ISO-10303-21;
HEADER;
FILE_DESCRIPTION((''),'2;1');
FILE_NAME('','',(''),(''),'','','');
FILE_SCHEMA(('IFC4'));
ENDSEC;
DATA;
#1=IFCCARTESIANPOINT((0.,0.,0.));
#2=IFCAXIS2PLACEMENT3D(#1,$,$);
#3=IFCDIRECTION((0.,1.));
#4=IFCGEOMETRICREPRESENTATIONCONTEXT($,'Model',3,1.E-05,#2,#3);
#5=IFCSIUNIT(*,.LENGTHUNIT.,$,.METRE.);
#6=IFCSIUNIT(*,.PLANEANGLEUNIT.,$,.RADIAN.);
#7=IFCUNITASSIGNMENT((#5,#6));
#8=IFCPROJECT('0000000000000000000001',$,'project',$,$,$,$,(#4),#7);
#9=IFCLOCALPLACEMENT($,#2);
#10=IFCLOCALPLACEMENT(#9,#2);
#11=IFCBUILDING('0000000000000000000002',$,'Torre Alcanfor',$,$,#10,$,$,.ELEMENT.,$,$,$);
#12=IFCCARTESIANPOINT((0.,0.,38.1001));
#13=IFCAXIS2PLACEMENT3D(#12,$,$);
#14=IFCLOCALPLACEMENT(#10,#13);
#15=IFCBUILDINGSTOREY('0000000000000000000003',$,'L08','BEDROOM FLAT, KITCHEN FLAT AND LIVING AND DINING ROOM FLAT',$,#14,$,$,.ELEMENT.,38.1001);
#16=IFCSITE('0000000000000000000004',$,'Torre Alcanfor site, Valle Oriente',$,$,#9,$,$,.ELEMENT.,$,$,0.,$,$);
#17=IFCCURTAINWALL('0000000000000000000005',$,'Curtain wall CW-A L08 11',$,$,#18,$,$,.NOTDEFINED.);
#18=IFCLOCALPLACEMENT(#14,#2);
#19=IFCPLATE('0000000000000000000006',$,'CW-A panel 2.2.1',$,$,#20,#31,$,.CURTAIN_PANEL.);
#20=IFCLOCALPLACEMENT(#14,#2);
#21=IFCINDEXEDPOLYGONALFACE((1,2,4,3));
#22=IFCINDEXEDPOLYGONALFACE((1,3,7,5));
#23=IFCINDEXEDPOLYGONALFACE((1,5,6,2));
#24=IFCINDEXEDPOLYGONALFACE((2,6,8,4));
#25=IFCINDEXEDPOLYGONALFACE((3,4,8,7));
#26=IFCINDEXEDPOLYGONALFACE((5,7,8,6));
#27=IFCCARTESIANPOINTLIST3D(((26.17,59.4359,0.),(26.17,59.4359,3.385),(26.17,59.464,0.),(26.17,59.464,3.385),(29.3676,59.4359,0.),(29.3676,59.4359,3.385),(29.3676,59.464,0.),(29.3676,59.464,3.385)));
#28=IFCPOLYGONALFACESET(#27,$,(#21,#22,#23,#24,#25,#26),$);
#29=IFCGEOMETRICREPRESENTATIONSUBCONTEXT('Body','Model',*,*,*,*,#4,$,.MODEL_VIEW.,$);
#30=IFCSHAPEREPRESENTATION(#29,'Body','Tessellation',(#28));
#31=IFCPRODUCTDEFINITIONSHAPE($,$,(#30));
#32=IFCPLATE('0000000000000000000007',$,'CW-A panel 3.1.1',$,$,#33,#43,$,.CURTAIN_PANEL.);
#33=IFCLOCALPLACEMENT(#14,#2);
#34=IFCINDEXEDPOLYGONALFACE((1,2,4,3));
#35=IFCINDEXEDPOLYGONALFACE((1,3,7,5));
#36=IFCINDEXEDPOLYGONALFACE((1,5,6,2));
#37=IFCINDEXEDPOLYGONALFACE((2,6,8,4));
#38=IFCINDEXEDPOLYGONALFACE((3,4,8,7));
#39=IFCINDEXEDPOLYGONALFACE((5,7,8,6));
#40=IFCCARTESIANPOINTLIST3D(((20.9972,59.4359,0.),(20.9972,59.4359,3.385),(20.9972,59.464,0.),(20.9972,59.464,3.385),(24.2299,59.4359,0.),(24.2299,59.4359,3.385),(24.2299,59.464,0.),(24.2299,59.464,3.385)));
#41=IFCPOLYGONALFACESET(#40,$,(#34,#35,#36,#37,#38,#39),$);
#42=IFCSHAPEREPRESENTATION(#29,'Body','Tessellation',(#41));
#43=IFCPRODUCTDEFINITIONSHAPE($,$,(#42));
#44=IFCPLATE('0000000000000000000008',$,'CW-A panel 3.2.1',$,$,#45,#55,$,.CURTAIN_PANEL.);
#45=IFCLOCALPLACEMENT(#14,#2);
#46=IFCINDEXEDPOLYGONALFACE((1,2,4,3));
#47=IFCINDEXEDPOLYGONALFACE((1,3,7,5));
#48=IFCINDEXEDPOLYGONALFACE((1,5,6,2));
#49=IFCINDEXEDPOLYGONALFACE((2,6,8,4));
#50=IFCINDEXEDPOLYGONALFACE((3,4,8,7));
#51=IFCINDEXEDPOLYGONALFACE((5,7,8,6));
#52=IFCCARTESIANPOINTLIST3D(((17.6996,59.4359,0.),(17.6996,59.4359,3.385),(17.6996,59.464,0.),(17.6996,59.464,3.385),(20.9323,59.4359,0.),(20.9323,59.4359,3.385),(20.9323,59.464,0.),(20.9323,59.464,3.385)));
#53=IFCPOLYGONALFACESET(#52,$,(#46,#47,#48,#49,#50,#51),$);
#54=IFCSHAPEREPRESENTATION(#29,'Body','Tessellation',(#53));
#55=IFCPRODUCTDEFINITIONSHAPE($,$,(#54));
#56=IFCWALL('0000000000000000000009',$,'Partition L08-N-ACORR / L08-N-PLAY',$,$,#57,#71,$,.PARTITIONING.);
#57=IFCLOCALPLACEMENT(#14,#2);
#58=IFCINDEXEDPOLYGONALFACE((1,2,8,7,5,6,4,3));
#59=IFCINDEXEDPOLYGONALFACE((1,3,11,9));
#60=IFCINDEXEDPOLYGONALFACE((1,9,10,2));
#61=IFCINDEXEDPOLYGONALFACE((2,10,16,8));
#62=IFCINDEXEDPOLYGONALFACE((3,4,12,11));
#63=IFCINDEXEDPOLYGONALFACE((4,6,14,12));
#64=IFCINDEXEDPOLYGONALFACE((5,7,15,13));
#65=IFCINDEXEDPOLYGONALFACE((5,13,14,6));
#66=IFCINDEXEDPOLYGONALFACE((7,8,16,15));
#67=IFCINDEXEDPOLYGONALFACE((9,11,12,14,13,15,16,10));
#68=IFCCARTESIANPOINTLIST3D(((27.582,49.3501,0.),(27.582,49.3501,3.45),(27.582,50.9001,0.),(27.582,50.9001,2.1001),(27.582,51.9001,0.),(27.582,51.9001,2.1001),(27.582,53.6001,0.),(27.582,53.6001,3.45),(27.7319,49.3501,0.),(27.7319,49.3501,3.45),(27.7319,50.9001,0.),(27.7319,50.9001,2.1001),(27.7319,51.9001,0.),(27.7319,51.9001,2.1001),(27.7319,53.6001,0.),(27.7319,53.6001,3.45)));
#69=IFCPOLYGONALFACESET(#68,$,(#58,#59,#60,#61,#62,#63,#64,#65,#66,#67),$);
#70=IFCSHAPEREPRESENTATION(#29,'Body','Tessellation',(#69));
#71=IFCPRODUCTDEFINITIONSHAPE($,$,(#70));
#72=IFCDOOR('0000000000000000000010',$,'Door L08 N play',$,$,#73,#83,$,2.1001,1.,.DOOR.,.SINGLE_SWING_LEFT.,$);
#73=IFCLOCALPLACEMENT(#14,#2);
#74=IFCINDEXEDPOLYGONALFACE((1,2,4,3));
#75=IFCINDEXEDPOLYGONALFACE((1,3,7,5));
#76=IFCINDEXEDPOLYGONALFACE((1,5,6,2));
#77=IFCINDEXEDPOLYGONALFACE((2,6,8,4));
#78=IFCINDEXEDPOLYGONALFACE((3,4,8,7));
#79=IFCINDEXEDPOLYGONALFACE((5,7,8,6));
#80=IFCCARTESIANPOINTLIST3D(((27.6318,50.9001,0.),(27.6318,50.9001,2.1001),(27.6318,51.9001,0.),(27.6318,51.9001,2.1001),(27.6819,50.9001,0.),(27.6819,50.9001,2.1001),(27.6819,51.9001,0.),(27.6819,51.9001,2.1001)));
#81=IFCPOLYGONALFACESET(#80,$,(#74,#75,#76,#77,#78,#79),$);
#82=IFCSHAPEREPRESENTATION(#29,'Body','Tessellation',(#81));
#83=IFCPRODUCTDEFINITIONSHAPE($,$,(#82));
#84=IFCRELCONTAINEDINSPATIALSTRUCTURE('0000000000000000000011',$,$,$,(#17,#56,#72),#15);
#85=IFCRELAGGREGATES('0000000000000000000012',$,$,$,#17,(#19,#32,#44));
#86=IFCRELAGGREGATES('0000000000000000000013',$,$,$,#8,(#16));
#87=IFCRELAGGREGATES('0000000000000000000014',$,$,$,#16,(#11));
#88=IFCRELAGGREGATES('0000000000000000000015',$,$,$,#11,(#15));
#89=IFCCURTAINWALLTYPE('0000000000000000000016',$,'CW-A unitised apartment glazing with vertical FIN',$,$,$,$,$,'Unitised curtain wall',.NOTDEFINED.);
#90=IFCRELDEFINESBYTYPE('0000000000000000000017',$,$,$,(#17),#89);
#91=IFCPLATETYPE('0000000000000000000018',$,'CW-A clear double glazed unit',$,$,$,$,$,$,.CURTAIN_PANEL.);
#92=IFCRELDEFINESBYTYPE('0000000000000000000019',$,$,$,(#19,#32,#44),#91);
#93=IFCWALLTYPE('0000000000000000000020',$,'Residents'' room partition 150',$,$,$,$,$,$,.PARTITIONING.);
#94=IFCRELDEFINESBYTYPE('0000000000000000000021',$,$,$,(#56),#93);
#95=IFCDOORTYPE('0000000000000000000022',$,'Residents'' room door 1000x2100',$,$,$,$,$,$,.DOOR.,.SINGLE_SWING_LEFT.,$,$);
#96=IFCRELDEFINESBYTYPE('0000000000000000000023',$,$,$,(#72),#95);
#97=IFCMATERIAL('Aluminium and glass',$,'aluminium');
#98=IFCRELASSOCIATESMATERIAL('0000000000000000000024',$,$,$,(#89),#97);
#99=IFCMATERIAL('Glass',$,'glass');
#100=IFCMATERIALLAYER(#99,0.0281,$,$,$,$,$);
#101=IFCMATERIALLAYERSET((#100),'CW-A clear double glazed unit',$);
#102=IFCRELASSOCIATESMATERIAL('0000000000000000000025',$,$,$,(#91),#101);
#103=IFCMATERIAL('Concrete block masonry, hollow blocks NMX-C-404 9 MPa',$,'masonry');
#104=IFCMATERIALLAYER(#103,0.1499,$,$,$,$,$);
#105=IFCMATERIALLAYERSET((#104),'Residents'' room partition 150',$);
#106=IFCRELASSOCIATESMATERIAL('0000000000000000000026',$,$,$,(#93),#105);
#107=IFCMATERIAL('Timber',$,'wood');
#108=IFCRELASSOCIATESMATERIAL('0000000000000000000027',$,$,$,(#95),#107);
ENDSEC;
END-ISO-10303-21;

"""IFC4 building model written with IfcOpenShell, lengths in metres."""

from ifc_helpers import new_model, si_unit, direction, frame, frame_2d, origin, origin_2d, place, context, subcontext, project, spatial, rectangle, extrude, material, layer, layer_set, type_object, element, fill, aggregate, save


model = new_model("IFC4")

# Units and contexts
model_context = context("Model", 3, precision=1e-05, world=origin(), true_north=direction((0.0, 1.0)))
body_context = subcontext(model_context, "Body", "Model", "MODEL_VIEW")
ifc_project = project(units=[si_unit("LENGTHUNIT", "METRE"), si_unit("PLANEANGLEUNIT", "RADIAN")], contexts=[model_context])

# Site, building, storey
site_placement = place(None, origin())
site = spatial("IfcSite", under=ifc_project, at=site_placement, Name="Torre Alcanfor site, Valle Oriente", CompositionType="ELEMENT", RefElevation=0.0)
building_placement = place(site_placement, origin())
building = spatial("IfcBuilding", under=site, at=building_placement, Name="Torre Alcanfor", CompositionType="ELEMENT")
storey_placement = place(building_placement, frame((0.0, 0.0, 38.1001)))
storey = spatial("IfcBuildingStorey", under=building, at=storey_placement, Name="L08", Description="BEDROOM FLAT, KITCHEN FLAT AND LIVING AND DINING ROOM FLAT", CompositionType="ELEMENT", Elevation=38.1001)

# Curtain wall
ifc_material_1 = material(Name="Aluminium and glass", Category="aluminium")
curtain_wall_type = type_object("IfcCurtainWallType", Name="CW-A unitised apartment glazing with vertical FIN", ElementType="Unitised curtain wall", PredefinedType="NOTDEFINED", material=ifc_material_1)
curtain_wall_placement = place(storey_placement, origin())
curtain_wall = element("IfcCurtainWall", 1, at=curtain_wall_placement, inside=storey, type_object=curtain_wall_type, Name="Curtain wall CW-A L08 11", PredefinedType="NOTDEFINED")

# Plates
ifc_material_2 = material(Name="Glass", Category="glass")
ifc_layer_1 = layer(ifc_material_2, 0.0281)
ifc_layer_set_1 = layer_set([ifc_layer_1], Name="CW-A clear double glazed unit")
plate_type = type_object("IfcPlateType", Name="CW-A clear double glazed unit", PredefinedType="CURTAIN_PANEL", material=ifc_layer_set_1)
plate_1_placement = place(storey_placement, frame((27.7688, 59.45, 0.0), z_axis=(0.0, 0.0, 1.0), x_axis=(-1.0, 0.0, 0.0)))
plate_1 = element("IfcPlate", 2, at=plate_1_placement, type_object=plate_type, Name="CW-A panel 2.2.1", PredefinedType="CURTAIN_PANEL", context=body_context, shape_type="SweptSolid", body=[
    extrude(rectangle(XDim=3.1975, YDim=0.0281, at=origin_2d()), origin(), (0.0, 0.0, 1.0), 3.385),
])
plate_2_placement = place(storey_placement, frame((22.6135, 59.45, 0.0), z_axis=(0.0, 0.0, 1.0), x_axis=(-1.0, 0.0, 0.0)))
plate_2 = element("IfcPlate", 3, at=plate_2_placement, type_object=plate_type, Name="CW-A panel 3.1.1", PredefinedType="CURTAIN_PANEL", context=body_context, shape_type="SweptSolid", body=[
    extrude(rectangle(XDim=3.2327, YDim=0.0281, at=origin_2d()), origin(), (0.0, 0.0, 1.0), 3.385),
])
plate_3_placement = place(storey_placement, frame((19.3159, 59.45, 0.0), z_axis=(0.0, 0.0, 1.0), x_axis=(-1.0, 0.0, 0.0)))
plate_3 = element("IfcPlate", 4, at=plate_3_placement, type_object=plate_type, Name="CW-A panel 3.2.1", PredefinedType="CURTAIN_PANEL", context=body_context, shape_type="SweptSolid", body=[
    extrude(rectangle(XDim=3.2327, YDim=0.0281, at=origin_2d()), origin(), (0.0, 0.0, 1.0), 3.385),
])
aggregate(curtain_wall, [plate_1, plate_2, plate_3])

# Wall, opening, door
ifc_material_3 = material(Name="Concrete block masonry, hollow blocks NMX-C-404 9 MPa", Category="masonry")
ifc_layer_2 = layer(ifc_material_3, 0.1499)
ifc_layer_set_2 = layer_set([ifc_layer_2], Name="Residents' room partition 150")
wall_type = type_object("IfcWallType", Name="Residents' room partition 150", PredefinedType="PARTITIONING", material=ifc_layer_set_2)
wall_placement = place(storey_placement, frame((27.657, 53.6001, 0.0), z_axis=(0.0, 0.0, 1.0), x_axis=(0.0, -1.0, 0.0)))
wall = element("IfcWall", 5, at=wall_placement, inside=storey, type_object=wall_type, Name="Partition L08-N-ACORR / L08-N-PLAY", PredefinedType="PARTITIONING", context=body_context, shape_type="SweptSolid", body=[
    extrude(rectangle(XDim=4.25, YDim=0.1499, at=frame_2d((2.125, 0.0))), origin(), (0.0, 0.0, 1.0), 3.45),
])
opening_placement = place(wall_placement, frame((1.7, 0.0, 0.0)))
opening = element("IfcOpeningElement", 6, at=opening_placement, cuts=wall, PredefinedType="OPENING", context=body_context, shape_type="SweptSolid", body=[
    extrude(rectangle(XDim=1.0, YDim=2.1001, at=frame_2d((0.5, 1.05))), frame((0.0, 0.085, 0.0), z_axis=(0.0, -1.0, 0.0), x_axis=(1.0, 0.0, 0.0)), (0.0, 0.0, 1.0), 0.1699),
])
ifc_material_4 = material(Name="Timber", Category="wood")
door_type = type_object("IfcDoorType", Name="Residents' room door 1000x2100", OperationType="SINGLE_SWING_LEFT", PredefinedType="DOOR", material=ifc_material_4)
door_placement = place(opening_placement, frame((1.0, 0.0, 0.0), z_axis=(0.0, 0.0, 1.0), x_axis=(-1.0, 0.0, 0.0)))
door = element("IfcDoor", 7, at=door_placement, inside=storey, type_object=door_type, Name="Door L08 N play", OperationType="SINGLE_SWING_LEFT", OverallHeight=2.1001, OverallWidth=1.0, PredefinedType="DOOR", context=body_context, shape_type="SweptSolid", body=[
    extrude(rectangle(XDim=1.0, YDim=2.1001, at=frame_2d((0.5, 1.05))), frame((0.0, 0.0251, 0.0), z_axis=(0.0, -1.0, 0.0), x_axis=(1.0, 0.0, 0.0)), (0.0, 0.0, 1.0), 0.05),
])
fill(opening, door)

save(model, "model.ifc")
